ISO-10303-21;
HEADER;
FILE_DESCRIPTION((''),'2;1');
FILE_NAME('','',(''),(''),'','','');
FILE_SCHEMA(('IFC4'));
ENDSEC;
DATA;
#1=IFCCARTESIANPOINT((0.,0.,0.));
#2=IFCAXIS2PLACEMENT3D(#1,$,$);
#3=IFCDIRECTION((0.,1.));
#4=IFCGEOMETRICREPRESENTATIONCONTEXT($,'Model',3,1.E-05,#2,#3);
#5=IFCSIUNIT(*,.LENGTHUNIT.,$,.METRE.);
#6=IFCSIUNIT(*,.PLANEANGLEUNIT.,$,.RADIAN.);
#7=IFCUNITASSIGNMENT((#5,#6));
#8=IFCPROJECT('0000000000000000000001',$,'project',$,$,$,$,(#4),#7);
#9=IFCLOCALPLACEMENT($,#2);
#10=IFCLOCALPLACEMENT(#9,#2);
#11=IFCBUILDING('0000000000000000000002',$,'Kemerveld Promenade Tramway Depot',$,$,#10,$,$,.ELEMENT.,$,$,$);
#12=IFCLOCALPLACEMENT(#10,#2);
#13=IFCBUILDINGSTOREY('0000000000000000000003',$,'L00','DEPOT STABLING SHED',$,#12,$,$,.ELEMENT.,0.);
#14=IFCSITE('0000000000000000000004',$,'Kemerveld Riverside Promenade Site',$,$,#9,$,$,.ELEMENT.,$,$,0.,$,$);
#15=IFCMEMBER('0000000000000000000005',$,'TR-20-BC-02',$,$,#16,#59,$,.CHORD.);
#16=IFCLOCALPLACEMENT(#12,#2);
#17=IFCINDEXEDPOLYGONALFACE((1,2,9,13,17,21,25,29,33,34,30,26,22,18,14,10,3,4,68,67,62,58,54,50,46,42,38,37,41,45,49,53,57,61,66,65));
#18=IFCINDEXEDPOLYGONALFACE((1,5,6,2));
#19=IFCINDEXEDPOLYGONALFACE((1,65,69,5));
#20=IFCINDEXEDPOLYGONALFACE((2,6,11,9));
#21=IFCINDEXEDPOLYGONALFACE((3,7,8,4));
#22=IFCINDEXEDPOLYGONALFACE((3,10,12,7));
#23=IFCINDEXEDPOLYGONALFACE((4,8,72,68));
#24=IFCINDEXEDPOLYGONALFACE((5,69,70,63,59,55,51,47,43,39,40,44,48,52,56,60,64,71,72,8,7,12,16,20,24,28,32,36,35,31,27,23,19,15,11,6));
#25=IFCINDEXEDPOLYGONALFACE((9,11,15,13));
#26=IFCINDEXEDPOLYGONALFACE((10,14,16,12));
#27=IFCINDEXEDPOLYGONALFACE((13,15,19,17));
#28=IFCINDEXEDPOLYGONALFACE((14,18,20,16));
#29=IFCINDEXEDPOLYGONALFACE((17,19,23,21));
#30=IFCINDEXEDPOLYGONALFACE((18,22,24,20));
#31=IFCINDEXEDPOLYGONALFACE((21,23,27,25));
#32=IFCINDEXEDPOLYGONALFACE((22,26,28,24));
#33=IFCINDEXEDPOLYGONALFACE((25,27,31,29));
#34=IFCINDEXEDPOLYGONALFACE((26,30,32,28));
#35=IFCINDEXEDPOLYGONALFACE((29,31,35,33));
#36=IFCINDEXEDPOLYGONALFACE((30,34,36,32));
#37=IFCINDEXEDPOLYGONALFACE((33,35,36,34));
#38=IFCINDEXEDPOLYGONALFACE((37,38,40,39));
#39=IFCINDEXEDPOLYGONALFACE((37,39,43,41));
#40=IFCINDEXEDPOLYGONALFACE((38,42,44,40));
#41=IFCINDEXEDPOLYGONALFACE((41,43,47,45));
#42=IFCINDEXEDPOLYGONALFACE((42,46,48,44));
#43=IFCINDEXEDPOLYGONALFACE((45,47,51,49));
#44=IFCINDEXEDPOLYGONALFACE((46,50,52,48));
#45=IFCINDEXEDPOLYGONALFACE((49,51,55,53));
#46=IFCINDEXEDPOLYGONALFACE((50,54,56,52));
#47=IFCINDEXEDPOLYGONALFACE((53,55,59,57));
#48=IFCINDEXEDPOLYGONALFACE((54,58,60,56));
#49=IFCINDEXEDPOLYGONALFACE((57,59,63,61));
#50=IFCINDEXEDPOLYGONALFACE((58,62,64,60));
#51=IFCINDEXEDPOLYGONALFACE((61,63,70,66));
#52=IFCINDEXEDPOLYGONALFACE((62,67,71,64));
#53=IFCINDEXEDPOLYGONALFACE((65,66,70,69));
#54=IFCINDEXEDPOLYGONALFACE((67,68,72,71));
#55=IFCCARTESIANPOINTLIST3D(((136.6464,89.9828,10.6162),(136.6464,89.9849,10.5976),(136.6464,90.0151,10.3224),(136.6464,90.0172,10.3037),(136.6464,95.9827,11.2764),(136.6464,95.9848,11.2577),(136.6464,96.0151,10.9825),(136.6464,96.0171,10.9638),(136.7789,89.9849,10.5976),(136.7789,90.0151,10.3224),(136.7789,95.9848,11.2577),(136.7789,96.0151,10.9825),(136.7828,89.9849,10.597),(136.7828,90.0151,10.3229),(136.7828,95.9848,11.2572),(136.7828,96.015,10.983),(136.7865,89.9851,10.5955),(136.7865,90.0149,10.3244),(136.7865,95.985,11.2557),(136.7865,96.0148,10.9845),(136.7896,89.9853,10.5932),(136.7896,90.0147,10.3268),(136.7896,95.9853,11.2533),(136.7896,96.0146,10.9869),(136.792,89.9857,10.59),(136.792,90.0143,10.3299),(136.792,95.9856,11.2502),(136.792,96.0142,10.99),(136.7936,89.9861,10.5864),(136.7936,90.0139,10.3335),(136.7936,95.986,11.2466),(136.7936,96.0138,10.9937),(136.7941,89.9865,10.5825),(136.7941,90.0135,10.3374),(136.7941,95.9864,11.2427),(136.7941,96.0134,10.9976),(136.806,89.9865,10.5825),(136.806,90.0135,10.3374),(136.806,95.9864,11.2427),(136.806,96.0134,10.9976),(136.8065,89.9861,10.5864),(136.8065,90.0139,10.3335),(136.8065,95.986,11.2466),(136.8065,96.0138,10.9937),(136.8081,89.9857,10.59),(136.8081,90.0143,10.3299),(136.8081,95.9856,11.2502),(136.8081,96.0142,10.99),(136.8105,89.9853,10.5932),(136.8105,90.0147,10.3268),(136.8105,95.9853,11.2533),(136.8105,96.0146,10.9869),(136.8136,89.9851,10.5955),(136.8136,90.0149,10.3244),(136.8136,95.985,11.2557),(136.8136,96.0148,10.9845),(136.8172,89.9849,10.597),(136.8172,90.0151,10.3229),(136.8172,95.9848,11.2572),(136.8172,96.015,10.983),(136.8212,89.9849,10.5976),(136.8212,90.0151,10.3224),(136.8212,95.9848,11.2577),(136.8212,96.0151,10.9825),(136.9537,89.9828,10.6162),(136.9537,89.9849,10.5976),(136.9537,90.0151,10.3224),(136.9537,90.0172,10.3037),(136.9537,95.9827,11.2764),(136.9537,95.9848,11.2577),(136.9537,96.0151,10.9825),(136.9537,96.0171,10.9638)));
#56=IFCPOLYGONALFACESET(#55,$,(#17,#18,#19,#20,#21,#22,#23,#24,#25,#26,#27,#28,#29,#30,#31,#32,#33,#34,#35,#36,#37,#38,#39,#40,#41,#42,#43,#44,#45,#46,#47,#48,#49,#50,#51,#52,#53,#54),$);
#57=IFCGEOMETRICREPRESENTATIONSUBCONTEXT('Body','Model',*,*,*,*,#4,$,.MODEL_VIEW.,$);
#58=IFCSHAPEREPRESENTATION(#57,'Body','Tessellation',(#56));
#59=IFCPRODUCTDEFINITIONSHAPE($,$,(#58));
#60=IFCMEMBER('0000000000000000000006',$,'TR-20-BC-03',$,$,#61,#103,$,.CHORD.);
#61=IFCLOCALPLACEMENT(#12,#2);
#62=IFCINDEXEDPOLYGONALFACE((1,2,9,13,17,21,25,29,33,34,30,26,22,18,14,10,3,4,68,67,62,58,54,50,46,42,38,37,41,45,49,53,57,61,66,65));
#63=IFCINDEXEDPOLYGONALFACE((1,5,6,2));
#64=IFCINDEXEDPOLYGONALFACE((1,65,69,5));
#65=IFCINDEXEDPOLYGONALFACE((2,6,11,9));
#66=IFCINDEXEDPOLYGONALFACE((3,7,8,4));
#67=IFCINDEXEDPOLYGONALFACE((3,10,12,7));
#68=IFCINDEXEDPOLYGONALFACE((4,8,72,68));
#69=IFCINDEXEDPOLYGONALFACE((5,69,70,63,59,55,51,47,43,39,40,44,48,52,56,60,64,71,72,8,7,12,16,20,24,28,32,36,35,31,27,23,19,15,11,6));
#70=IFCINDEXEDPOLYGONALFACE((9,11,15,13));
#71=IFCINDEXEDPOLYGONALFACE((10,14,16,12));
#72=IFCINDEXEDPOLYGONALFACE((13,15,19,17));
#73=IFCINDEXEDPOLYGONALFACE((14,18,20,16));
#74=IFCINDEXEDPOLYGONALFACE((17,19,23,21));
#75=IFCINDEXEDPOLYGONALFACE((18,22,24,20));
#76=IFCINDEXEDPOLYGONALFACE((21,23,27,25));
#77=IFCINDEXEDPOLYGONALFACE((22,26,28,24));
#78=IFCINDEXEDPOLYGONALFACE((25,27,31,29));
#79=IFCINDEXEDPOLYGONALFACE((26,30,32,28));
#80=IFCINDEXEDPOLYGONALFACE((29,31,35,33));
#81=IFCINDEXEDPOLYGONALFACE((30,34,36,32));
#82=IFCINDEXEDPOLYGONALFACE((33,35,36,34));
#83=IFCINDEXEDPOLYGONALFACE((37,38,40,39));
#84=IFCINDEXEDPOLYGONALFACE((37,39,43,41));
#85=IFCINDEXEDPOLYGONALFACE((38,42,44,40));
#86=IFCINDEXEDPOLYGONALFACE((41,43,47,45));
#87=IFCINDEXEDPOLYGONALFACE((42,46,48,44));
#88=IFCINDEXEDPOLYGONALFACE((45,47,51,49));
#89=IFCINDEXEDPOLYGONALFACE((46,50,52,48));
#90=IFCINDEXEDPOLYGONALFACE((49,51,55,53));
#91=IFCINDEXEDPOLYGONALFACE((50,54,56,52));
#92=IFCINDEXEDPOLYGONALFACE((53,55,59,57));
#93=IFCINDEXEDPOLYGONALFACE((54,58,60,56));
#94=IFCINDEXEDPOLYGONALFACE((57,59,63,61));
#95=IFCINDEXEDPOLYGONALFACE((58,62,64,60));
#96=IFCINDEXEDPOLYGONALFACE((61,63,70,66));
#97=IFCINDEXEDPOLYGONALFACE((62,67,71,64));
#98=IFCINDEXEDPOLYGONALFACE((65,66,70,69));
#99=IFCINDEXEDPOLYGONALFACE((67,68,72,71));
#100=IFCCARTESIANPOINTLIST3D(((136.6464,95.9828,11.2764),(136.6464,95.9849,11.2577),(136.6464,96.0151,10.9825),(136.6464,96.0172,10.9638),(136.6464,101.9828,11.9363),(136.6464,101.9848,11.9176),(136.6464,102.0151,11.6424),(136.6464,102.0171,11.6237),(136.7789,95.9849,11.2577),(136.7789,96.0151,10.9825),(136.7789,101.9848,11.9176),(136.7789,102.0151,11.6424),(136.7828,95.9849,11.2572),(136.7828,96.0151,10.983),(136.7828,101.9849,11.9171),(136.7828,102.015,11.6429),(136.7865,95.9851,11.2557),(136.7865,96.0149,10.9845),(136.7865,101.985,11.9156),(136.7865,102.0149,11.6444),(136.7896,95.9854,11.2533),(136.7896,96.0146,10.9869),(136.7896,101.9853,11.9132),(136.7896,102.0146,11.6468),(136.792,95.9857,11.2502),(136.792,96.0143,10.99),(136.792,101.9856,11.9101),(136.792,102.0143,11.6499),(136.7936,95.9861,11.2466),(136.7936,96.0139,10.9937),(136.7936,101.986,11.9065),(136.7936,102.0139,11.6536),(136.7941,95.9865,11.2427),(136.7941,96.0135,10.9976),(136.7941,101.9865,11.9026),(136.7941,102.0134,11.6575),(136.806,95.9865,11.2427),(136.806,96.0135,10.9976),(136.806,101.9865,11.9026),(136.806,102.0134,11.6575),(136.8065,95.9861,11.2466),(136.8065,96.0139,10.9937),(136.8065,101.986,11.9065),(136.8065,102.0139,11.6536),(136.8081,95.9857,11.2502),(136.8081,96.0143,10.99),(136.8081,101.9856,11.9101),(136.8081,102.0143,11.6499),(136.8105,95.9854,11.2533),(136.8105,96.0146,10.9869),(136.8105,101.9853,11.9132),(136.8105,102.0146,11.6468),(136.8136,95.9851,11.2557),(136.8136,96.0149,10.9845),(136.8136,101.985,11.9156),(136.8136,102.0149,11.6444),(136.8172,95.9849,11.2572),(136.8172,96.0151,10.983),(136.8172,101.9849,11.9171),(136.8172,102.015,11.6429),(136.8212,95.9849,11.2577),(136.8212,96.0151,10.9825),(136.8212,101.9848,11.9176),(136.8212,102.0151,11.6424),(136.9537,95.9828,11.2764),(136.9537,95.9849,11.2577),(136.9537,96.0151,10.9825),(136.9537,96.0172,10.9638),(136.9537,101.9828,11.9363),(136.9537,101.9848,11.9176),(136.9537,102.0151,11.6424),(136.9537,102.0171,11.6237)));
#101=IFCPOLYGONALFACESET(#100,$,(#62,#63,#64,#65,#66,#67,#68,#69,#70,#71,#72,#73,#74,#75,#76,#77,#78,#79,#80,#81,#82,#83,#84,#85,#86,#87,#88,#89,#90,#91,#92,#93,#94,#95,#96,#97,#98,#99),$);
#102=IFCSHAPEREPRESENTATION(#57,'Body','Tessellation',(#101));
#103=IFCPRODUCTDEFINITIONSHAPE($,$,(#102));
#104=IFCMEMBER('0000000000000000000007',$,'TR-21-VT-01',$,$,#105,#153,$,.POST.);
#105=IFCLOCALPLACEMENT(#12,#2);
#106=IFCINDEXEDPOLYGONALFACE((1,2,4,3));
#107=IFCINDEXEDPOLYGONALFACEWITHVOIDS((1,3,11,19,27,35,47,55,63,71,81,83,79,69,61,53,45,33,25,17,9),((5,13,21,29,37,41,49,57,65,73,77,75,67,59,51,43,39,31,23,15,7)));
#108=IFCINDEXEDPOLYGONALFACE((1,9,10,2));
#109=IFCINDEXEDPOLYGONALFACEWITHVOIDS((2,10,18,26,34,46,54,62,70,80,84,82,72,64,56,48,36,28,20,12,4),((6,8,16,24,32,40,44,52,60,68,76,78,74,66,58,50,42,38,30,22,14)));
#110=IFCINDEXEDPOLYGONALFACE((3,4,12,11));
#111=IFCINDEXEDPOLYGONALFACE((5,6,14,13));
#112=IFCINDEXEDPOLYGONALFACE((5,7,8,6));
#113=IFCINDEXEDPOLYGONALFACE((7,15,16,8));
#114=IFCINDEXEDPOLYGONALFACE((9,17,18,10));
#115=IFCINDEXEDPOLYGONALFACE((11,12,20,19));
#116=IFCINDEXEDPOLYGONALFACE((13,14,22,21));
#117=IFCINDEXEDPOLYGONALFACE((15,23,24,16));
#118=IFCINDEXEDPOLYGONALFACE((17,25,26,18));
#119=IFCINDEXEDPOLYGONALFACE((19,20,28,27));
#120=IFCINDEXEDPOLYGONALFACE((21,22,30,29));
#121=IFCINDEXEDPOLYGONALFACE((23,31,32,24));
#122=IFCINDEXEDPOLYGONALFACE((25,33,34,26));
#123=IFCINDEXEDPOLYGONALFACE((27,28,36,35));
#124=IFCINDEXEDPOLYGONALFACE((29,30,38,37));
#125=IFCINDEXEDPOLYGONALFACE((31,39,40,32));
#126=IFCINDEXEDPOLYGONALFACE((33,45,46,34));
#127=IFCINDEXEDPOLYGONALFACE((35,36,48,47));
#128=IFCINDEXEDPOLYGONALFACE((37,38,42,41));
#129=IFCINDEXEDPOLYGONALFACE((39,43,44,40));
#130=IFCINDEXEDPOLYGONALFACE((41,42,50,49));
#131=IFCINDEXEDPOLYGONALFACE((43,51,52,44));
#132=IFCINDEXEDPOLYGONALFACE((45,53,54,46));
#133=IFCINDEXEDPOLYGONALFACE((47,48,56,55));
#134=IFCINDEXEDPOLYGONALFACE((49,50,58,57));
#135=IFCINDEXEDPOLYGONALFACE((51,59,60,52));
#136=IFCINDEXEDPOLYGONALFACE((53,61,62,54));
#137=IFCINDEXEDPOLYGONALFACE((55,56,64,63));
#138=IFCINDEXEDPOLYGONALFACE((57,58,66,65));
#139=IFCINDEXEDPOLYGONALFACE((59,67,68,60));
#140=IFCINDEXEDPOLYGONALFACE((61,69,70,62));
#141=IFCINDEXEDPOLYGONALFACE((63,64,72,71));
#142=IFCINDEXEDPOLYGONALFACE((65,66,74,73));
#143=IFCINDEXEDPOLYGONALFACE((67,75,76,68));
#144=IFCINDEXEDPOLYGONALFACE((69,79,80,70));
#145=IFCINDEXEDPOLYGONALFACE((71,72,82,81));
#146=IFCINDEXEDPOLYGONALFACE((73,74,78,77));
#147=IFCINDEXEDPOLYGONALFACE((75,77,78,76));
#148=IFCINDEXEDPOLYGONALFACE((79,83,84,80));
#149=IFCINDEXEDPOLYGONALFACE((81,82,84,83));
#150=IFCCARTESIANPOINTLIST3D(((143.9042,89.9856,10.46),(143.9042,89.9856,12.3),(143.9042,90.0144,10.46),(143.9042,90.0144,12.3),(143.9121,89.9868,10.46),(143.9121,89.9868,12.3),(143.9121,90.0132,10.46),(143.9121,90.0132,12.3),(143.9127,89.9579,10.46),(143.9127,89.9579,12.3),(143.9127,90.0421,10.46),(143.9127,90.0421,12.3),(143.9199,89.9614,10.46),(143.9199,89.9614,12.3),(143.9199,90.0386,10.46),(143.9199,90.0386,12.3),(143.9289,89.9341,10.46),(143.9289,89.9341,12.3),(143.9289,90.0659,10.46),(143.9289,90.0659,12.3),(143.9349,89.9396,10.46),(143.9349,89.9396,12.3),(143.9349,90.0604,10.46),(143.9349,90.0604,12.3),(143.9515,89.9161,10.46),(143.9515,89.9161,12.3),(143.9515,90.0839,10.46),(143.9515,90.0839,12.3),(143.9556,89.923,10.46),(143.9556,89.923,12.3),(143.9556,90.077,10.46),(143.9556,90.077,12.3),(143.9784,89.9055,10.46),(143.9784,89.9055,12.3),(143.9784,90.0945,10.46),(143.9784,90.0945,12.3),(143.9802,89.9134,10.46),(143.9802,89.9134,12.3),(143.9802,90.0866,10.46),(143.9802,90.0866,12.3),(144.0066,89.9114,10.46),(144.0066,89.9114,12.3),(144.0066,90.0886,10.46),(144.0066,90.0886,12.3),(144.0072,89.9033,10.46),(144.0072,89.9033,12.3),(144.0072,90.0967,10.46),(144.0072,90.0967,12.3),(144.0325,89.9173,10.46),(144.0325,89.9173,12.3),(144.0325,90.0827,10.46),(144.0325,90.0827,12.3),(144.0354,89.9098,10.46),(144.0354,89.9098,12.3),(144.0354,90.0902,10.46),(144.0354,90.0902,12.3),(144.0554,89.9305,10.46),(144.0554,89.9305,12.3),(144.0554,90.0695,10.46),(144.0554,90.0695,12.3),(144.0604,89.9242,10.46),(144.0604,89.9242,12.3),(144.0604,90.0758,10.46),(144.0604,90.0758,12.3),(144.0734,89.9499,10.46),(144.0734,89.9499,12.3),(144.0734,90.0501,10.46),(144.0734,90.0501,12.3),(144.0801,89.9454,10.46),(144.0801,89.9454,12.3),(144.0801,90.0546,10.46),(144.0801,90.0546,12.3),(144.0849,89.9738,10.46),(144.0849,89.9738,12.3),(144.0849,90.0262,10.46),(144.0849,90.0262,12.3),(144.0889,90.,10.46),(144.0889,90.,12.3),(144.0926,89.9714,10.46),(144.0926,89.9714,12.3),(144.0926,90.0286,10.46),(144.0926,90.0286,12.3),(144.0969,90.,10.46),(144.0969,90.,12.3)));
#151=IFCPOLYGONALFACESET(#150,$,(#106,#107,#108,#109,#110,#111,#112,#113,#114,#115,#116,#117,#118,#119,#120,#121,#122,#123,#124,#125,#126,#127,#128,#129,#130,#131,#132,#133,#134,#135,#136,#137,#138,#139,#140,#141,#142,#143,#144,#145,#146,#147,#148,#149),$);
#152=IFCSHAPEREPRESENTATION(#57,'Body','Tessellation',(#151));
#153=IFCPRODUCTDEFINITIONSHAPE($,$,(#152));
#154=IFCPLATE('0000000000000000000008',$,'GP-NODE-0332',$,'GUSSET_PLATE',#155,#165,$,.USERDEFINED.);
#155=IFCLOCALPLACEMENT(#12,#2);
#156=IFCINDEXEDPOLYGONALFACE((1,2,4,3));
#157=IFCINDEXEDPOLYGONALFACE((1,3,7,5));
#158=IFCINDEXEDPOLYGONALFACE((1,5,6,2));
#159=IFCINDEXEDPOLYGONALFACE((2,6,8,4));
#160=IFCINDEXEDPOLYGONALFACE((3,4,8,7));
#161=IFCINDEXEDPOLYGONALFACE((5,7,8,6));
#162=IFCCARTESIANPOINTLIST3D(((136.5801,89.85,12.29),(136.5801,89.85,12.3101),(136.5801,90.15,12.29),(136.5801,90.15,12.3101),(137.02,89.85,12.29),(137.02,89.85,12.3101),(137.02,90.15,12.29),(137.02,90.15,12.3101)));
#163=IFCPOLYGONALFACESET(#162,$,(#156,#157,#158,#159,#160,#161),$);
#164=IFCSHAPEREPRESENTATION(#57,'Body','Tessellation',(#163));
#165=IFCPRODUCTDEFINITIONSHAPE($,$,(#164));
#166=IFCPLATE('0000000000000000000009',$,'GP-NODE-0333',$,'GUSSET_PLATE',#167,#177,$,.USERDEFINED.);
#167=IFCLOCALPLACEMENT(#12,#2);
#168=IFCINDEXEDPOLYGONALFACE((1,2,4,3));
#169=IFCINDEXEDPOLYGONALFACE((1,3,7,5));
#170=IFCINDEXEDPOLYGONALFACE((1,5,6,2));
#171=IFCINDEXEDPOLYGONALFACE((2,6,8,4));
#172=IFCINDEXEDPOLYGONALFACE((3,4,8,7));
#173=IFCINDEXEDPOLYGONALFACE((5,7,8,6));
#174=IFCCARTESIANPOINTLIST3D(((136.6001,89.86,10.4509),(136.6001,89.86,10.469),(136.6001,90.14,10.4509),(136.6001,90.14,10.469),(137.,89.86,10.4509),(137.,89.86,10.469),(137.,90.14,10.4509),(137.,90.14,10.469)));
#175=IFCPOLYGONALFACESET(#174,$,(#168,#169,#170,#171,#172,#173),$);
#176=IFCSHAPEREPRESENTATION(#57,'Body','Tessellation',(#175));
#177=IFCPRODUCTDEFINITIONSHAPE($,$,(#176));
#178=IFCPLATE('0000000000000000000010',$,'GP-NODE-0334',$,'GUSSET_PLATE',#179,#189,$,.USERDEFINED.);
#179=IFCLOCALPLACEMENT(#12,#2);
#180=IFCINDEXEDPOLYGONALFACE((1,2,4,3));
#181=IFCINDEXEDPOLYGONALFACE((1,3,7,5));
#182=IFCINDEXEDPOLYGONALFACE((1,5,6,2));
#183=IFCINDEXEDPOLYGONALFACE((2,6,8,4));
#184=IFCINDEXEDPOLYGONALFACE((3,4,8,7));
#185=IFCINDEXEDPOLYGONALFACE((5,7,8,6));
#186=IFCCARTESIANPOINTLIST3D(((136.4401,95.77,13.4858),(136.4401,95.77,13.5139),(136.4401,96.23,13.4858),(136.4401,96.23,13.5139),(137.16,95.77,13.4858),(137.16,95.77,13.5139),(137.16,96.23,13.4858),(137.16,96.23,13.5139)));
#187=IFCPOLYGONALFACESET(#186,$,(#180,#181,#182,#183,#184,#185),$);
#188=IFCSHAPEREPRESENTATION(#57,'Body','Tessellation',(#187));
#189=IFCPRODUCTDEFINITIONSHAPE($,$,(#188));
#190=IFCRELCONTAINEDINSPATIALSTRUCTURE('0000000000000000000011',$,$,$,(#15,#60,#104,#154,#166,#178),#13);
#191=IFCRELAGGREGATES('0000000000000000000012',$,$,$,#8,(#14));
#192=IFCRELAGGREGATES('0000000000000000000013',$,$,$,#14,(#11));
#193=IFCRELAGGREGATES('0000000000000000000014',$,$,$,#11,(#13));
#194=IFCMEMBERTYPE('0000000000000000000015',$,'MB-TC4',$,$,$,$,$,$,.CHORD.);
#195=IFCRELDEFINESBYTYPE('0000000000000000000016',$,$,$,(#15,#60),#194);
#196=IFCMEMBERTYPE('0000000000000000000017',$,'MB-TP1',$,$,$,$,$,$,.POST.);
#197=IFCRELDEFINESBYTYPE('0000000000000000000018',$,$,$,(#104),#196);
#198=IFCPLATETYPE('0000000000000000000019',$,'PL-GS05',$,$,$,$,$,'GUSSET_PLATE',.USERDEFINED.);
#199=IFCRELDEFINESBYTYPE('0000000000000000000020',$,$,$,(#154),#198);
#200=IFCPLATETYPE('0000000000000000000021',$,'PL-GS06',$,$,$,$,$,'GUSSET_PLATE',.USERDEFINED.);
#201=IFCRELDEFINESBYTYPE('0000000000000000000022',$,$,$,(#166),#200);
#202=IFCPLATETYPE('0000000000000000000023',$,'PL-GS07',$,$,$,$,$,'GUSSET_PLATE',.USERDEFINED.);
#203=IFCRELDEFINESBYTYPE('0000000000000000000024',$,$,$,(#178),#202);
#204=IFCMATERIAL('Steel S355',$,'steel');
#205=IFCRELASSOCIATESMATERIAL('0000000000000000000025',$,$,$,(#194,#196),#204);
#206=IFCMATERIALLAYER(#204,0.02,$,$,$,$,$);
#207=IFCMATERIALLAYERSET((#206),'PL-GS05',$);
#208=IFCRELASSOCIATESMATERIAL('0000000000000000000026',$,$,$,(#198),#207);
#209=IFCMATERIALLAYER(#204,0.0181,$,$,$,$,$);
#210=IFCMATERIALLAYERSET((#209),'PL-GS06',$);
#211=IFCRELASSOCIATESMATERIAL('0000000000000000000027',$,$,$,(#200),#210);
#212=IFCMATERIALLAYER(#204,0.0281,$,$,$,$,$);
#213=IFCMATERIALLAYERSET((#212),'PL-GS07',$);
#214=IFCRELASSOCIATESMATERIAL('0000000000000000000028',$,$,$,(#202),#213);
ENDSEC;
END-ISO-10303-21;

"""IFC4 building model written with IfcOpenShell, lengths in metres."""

from ifc_helpers import new_model, si_unit, direction, frame, origin, origin_2d, place, context, subcontext, project, spatial, rectangle, hollow_circle, i_section, extrude, material, layer, layer_set, material_profile, profile_set, type_object, element, save


model = new_model("IFC4")

# Units and contexts
model_context = context("Model", 3, precision=1e-05, world=origin(), true_north=direction((0.0, 1.0)))
body_context = subcontext(model_context, "Body", "Model", "MODEL_VIEW")
ifc_project = project(units=[si_unit("LENGTHUNIT", "METRE"), si_unit("PLANEANGLEUNIT", "RADIAN")], contexts=[model_context])

# Site, building, storey
site_placement = place(None, origin())
site = spatial("IfcSite", under=ifc_project, at=site_placement, Name="Kemerveld Riverside Promenade Site", CompositionType="ELEMENT", RefElevation=0.0)
building_placement = place(site_placement, origin())
building = spatial("IfcBuilding", under=site, at=building_placement, Name="Kemerveld Promenade Tramway Depot", CompositionType="ELEMENT")
storey_placement = place(building_placement, origin())
storey = spatial("IfcBuildingStorey", under=building, at=storey_placement, Name="L00", Description="DEPOT STABLING SHED", CompositionType="ELEMENT", Elevation=0.0)

# Members
ifc_material_1 = material(Name="Steel S355", Category="steel")
ifc_material_profile_1 = material_profile(ifc_material_1, i_section(OverallWidth=0.3074, OverallDepth=0.3145, WebThickness=0.012, FlangeThickness=0.0188, FilletRadius=0.0151, at=origin_2d()), Name="305x305x118 UC")
ifc_profile_set_1 = profile_set([ifc_material_profile_1], Name="Steel S355")
member_type_1 = type_object("IfcMemberType", Name="MB-TC4", PredefinedType="CHORD", material=ifc_profile_set_1)
for number, where, z_axis, x_axis, name in (
    (1, (136.8, 90.0, 10.46), (0.0, 0.994002, 0.109366), (-1.0, 0.0, 0.0), "TR-20-BC-02"),
    (2, (136.8, 96.0, 11.1201), (0.0, 0.994006, 0.109326), (-1.0, 0.0, 0.0), "TR-20-BC-03"),
):
    element("IfcMember", number, at=place(storey_placement, frame(where, z_axis=z_axis, x_axis=x_axis)), inside=storey, type_object=member_type_1, Name=name, PredefinedType="CHORD", context=body_context, shape_type="SweptSolid", body=[
        extrude(i_section(OverallWidth=0.3074, OverallDepth=0.3145, WebThickness=0.012, FlangeThickness=0.0188, FilletRadius=0.0151, at=origin_2d()), origin(), (0.0, 0.0, 1.0), 6.0361),
    ])
ifc_material_profile_2 = material_profile(ifc_material_1, hollow_circle(Radius=0.0969, WallThickness=0.0081, at=origin_2d()), Name="193.7x8.0 CHS")
ifc_profile_set_2 = profile_set([ifc_material_profile_2], Name="Steel S355")
member_type_2 = type_object("IfcMemberType", Name="MB-TP1", PredefinedType="POST", material=ifc_profile_set_2)
member_1_placement = place(storey_placement, frame((144.0, 90.0, 10.46), z_axis=(0.0, 0.0, 1.0), x_axis=(1.0, 0.0, 0.0)))
element("IfcMember", 3, at=member_1_placement, inside=storey, type_object=member_type_2, Name="TR-21-VT-01", PredefinedType="POST", context=body_context, shape_type="SweptSolid", body=[
    extrude(hollow_circle(Radius=0.0969, WallThickness=0.0081, at=origin_2d()), origin(), (0.0, 0.0, 1.0), 1.8401),
])

# Plates
ifc_layer_1 = layer(ifc_material_1, 0.02)
ifc_layer_set_1 = layer_set([ifc_layer_1], Name="PL-GS05")
plate_type_1 = type_object("IfcPlateType", Name="PL-GS05", ElementType="GUSSET_PLATE", PredefinedType="USERDEFINED", material=ifc_layer_set_1)
plate_1_placement = place(storey_placement, frame((136.8, 90.0, 12.29), z_axis=(0.0, 0.0, 1.0), x_axis=(1.0, 0.0, 0.0)))
element("IfcPlate", 4, at=plate_1_placement, inside=storey, type_object=plate_type_1, Name="GP-NODE-0332", ObjectType="GUSSET_PLATE", PredefinedType="USERDEFINED", context=body_context, shape_type="SweptSolid", body=[
    extrude(rectangle(XDim=0.4399, YDim=0.3, at=origin_2d()), origin(), (0.0, 0.0, 1.0), 0.02),
])
ifc_layer_2 = layer(ifc_material_1, 0.0181)
ifc_layer_set_2 = layer_set([ifc_layer_2], Name="PL-GS06")
plate_type_2 = type_object("IfcPlateType", Name="PL-GS06", ElementType="GUSSET_PLATE", PredefinedType="USERDEFINED", material=ifc_layer_set_2)
plate_2_placement = place(storey_placement, frame((136.8, 90.0, 10.4509), z_axis=(0.0, 0.0, 1.0), x_axis=(1.0, 0.0, 0.0)))
element("IfcPlate", 5, at=plate_2_placement, inside=storey, type_object=plate_type_2, Name="GP-NODE-0333", ObjectType="GUSSET_PLATE", PredefinedType="USERDEFINED", context=body_context, shape_type="SweptSolid", body=[
    extrude(rectangle(XDim=0.3999, YDim=0.28, at=origin_2d()), origin(), (0.0, 0.0, 1.0), 0.0181),
])
ifc_layer_3 = layer(ifc_material_1, 0.0281)
ifc_layer_set_3 = layer_set([ifc_layer_3], Name="PL-GS07")
plate_type_3 = type_object("IfcPlateType", Name="PL-GS07", ElementType="GUSSET_PLATE", PredefinedType="USERDEFINED", material=ifc_layer_set_3)
plate_3_placement = place(storey_placement, frame((136.8, 96.0, 13.4858), z_axis=(0.0, 0.0, 1.0), x_axis=(1.0, 0.0, 0.0)))
element("IfcPlate", 6, at=plate_3_placement, inside=storey, type_object=plate_type_3, Name="GP-NODE-0334", ObjectType="GUSSET_PLATE", PredefinedType="USERDEFINED", context=body_context, shape_type="SweptSolid", body=[
    extrude(rectangle(XDim=0.72, YDim=0.46, at=origin_2d()), origin(), (0.0, 0.0, 1.0), 0.0281),
])

save(model, "model.ifc")
